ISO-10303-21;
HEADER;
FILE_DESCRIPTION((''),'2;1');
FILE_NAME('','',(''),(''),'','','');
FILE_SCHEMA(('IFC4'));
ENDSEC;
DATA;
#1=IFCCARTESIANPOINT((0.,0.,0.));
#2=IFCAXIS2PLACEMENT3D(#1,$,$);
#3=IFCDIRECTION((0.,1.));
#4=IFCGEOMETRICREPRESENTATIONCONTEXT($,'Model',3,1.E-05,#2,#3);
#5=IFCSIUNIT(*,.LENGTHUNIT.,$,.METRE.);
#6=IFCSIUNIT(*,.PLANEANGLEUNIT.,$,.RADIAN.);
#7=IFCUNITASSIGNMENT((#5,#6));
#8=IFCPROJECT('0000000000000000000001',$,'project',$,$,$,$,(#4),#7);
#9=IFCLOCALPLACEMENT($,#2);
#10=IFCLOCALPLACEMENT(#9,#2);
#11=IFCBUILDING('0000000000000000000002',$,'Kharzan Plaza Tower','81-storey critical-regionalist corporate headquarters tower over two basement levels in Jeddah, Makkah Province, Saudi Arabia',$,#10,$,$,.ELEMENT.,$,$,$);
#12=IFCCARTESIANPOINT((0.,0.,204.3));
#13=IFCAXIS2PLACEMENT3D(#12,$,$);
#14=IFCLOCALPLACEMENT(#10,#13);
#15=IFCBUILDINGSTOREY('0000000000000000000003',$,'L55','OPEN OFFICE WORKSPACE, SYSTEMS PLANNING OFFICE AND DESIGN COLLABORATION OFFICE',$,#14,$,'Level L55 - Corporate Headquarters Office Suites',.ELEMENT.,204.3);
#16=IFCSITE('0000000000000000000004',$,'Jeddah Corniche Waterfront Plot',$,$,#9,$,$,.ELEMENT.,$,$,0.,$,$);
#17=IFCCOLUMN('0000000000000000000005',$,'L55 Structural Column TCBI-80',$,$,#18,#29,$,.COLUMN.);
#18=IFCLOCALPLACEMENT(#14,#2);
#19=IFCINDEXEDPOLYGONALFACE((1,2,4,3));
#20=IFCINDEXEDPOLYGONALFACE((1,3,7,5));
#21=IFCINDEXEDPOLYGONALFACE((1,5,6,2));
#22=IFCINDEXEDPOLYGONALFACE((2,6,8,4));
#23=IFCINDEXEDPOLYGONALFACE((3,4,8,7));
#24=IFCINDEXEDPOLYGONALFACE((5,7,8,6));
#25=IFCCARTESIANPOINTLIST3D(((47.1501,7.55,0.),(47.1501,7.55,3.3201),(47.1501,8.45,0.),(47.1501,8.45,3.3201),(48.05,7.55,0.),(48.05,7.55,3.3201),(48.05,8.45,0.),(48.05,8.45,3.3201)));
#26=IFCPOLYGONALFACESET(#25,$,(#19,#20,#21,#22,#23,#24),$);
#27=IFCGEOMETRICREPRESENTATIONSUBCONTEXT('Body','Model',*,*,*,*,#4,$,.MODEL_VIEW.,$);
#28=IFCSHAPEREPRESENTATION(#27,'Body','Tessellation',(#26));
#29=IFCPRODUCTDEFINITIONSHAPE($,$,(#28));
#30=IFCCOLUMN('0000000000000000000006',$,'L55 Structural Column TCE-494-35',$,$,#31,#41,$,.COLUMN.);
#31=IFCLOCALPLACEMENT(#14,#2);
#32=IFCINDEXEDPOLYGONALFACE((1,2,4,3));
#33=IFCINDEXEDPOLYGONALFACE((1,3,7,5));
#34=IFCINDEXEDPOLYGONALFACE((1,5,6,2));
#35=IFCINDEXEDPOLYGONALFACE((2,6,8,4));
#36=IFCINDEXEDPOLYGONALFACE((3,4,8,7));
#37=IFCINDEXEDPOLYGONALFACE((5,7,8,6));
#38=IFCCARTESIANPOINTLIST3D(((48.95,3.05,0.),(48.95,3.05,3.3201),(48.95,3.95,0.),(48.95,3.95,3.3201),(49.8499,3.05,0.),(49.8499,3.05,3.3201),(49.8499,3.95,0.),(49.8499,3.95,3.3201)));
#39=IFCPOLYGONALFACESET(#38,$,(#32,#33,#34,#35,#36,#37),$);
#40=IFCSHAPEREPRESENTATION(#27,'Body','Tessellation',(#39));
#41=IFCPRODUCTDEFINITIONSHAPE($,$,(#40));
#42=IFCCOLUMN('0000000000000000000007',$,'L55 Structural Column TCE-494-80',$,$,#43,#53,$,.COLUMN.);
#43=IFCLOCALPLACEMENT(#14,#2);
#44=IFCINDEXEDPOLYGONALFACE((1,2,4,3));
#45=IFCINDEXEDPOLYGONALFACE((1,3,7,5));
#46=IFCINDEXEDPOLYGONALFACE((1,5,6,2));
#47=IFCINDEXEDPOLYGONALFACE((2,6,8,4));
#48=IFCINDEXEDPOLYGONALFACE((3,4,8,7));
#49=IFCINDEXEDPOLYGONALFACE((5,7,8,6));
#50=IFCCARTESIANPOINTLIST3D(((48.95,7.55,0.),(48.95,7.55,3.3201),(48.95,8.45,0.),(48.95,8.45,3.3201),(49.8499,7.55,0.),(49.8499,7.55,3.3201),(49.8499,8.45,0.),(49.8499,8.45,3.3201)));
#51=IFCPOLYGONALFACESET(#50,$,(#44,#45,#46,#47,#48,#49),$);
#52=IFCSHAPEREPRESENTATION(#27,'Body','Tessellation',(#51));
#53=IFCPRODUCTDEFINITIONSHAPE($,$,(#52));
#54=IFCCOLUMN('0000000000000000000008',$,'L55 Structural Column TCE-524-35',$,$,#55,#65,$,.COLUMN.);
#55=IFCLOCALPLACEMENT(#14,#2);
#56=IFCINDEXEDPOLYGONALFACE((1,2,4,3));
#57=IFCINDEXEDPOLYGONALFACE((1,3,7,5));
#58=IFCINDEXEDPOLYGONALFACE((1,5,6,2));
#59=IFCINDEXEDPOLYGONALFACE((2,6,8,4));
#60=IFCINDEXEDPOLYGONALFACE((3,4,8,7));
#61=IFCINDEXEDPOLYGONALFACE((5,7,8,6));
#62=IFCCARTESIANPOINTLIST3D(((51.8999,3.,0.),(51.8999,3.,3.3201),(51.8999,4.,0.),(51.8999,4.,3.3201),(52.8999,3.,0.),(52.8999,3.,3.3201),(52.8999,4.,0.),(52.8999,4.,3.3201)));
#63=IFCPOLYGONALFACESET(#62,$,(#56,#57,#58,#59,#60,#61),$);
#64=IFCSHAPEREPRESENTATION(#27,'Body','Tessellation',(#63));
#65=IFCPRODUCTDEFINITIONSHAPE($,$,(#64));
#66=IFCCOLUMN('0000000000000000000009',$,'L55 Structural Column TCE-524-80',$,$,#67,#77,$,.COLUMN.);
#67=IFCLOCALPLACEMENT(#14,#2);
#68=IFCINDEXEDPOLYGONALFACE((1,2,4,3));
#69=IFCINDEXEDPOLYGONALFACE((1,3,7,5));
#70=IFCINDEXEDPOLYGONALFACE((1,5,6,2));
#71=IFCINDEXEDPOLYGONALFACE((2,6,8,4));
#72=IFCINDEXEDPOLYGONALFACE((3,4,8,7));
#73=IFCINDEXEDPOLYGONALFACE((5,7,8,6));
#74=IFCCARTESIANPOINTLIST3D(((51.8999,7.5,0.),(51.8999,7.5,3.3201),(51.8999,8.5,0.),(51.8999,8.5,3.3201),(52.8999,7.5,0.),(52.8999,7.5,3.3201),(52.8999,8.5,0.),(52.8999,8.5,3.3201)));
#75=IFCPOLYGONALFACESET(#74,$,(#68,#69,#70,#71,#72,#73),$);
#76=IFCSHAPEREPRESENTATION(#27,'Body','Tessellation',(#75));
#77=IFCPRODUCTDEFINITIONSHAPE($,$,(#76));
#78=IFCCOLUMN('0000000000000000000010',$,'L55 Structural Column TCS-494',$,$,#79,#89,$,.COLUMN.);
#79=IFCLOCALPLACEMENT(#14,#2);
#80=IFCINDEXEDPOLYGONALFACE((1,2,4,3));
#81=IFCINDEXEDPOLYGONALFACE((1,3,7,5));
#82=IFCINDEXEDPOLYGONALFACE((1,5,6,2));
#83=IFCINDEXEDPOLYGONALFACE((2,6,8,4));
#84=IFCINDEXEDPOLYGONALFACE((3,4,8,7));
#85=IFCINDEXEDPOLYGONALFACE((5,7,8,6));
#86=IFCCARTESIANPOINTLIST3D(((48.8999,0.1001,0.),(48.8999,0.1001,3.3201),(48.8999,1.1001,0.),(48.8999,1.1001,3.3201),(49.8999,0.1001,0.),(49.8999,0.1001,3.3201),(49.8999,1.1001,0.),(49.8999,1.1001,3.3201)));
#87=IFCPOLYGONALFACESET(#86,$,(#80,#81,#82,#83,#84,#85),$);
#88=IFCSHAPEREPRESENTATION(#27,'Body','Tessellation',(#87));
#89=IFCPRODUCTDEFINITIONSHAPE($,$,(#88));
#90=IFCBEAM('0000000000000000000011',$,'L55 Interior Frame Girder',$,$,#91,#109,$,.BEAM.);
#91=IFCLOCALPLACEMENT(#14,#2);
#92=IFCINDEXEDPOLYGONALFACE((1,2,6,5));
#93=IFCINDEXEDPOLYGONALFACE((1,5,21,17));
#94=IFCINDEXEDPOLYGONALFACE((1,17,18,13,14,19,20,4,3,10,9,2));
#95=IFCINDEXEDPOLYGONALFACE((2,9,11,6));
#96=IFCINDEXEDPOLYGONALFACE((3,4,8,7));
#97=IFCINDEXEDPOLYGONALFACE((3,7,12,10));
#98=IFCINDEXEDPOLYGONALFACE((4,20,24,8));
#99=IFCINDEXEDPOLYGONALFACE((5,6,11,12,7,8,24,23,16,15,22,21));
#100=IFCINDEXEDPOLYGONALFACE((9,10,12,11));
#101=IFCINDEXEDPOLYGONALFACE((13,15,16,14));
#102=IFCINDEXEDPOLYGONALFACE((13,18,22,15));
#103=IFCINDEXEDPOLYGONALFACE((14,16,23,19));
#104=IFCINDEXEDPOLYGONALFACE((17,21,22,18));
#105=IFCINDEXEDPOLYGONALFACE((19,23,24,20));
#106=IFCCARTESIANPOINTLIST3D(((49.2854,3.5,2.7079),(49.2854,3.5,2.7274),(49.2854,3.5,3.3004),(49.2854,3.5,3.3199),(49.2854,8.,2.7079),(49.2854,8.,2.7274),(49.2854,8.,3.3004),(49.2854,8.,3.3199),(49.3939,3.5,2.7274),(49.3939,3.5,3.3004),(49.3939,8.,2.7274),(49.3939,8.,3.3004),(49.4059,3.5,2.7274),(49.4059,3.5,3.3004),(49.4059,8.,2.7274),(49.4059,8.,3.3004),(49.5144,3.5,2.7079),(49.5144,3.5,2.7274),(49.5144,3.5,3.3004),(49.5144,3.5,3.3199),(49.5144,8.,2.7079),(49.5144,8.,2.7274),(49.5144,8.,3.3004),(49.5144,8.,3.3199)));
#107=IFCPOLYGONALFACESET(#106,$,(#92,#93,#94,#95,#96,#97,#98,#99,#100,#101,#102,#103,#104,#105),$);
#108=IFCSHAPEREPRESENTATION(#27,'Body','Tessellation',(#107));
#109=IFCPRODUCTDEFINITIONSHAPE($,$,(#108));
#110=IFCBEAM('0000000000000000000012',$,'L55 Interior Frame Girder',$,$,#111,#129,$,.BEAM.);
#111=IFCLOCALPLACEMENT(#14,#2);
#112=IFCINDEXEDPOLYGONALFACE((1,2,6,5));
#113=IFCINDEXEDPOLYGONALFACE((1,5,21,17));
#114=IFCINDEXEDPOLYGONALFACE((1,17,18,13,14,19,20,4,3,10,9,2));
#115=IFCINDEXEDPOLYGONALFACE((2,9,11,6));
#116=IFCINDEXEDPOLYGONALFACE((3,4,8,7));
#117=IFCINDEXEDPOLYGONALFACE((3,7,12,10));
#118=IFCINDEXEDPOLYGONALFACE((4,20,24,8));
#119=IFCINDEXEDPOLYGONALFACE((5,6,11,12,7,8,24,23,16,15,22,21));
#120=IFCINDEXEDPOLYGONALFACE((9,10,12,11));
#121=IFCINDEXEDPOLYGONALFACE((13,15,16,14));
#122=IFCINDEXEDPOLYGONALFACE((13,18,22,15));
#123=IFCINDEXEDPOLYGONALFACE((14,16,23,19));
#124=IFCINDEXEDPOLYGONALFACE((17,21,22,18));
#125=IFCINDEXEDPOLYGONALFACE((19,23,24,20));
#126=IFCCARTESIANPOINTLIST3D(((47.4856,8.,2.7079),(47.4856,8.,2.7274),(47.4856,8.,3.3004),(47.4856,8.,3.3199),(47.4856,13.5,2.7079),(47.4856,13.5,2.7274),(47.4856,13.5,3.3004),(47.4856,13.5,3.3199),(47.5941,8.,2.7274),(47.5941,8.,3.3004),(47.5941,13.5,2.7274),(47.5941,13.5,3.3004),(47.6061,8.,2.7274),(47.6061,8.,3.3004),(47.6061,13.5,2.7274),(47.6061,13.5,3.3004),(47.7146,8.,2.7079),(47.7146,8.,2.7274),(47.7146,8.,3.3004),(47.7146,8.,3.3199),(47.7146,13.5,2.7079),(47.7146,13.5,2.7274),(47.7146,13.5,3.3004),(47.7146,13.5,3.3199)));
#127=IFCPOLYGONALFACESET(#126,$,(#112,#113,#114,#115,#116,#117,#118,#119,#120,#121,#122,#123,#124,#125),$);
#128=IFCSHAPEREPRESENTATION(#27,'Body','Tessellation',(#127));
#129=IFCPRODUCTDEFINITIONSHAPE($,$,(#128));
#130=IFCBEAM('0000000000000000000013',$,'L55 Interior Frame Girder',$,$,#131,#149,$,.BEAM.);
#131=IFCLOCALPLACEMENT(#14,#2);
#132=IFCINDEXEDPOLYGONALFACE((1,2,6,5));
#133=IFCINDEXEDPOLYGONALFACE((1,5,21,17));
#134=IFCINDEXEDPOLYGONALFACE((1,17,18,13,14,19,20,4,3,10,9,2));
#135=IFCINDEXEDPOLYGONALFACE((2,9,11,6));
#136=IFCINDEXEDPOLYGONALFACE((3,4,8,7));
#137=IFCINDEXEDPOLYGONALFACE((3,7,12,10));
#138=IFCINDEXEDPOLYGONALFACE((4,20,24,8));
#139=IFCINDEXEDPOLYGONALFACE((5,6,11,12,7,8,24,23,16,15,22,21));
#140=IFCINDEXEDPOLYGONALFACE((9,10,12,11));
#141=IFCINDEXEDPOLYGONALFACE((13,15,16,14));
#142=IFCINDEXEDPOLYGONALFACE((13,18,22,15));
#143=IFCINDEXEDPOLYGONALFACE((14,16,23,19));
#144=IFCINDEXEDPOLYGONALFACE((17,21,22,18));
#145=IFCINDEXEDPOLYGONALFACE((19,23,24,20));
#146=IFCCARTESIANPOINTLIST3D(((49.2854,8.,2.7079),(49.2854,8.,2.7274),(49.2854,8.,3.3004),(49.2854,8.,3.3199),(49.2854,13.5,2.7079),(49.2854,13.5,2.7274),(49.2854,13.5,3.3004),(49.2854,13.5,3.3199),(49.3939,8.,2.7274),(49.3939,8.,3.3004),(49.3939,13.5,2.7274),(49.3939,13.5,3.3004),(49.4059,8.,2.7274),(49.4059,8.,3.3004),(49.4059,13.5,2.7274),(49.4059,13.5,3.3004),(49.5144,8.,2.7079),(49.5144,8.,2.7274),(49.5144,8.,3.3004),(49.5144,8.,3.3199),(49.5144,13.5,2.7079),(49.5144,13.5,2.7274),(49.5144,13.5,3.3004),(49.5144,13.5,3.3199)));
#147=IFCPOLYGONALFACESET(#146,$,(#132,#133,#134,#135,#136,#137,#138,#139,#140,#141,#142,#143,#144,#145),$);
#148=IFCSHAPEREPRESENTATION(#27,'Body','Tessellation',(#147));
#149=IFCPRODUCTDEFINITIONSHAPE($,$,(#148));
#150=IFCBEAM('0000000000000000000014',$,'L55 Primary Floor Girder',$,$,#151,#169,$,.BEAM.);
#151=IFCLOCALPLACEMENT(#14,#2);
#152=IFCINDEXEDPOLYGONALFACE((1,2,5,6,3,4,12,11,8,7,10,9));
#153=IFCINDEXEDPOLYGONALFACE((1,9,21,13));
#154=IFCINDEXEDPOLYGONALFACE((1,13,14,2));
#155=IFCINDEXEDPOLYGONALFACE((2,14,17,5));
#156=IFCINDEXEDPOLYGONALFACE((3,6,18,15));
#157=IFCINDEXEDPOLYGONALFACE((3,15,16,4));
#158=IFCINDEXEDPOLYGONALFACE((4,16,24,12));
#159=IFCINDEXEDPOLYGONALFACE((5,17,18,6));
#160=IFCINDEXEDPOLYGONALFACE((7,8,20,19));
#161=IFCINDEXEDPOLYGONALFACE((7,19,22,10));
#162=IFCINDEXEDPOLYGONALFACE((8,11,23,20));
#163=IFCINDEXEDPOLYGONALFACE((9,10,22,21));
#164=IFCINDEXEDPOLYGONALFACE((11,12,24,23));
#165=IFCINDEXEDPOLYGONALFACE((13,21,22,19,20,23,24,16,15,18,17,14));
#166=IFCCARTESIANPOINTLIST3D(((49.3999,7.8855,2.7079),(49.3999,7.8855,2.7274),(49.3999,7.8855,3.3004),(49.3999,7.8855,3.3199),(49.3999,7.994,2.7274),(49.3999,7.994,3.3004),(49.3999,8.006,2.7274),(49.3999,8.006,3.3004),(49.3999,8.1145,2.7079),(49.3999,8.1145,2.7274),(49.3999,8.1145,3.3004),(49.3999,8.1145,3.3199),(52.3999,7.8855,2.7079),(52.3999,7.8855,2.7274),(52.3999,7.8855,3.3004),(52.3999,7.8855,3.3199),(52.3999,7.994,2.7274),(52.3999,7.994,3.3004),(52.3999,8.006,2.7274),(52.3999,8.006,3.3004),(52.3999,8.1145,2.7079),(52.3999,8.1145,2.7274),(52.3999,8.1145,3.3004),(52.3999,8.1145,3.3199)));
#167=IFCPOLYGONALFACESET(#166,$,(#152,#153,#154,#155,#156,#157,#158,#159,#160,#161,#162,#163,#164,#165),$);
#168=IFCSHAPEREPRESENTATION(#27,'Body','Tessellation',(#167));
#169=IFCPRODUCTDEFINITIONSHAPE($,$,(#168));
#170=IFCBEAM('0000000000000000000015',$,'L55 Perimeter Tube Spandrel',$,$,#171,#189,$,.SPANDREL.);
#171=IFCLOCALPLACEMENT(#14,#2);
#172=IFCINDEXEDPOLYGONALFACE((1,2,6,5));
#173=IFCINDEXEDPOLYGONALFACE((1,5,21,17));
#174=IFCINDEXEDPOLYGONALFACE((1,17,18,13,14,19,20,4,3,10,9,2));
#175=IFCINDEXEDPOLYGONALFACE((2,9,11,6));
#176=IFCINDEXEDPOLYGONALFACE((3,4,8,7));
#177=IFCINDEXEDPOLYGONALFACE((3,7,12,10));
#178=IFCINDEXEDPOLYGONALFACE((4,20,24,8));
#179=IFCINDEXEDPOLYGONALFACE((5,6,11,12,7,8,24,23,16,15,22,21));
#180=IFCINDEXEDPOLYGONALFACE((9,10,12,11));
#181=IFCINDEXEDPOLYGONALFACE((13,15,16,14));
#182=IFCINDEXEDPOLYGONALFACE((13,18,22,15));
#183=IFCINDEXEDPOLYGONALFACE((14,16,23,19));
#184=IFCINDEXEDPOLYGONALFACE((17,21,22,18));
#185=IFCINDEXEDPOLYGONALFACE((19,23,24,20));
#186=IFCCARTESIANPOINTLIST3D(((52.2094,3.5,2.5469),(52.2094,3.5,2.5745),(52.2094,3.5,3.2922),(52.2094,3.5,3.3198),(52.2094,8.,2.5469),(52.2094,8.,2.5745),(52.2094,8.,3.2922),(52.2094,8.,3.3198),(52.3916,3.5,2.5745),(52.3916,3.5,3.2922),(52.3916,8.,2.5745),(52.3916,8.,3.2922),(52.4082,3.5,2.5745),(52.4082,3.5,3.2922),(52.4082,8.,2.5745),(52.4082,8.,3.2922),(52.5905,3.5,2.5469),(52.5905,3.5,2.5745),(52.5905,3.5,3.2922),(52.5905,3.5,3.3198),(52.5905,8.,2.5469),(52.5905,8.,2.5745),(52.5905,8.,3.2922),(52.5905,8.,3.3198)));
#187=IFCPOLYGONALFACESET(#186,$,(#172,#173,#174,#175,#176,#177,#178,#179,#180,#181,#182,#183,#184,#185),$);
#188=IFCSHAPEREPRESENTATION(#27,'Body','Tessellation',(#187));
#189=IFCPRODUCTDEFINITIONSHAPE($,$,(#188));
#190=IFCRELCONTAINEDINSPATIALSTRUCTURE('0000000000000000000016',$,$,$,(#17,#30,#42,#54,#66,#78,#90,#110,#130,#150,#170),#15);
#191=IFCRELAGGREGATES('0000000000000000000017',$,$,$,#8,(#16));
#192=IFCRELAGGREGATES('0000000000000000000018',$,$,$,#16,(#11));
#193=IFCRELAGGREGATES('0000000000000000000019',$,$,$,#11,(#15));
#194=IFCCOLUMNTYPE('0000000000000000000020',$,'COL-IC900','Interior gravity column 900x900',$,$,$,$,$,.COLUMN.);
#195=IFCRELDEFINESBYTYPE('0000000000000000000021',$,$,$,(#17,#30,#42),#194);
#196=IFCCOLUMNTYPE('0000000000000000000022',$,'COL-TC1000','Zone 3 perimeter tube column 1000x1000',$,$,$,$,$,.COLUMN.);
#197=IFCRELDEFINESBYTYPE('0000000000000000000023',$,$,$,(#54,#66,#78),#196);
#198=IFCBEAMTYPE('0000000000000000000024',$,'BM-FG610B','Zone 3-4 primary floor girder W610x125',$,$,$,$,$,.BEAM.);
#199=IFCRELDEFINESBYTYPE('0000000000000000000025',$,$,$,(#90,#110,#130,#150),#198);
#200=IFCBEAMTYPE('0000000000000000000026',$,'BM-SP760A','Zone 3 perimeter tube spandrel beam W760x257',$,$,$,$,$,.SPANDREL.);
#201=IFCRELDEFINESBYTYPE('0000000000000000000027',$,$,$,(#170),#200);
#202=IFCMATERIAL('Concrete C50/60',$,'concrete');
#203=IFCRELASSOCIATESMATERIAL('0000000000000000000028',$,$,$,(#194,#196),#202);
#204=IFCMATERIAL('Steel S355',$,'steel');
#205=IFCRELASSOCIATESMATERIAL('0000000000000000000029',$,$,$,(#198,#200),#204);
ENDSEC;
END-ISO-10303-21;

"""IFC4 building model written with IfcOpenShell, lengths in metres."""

from ifc_helpers import new_model, si_unit, direction, frame, origin, origin_2d, place, context, subcontext, project, spatial, rectangle, i_section, extrude, source, transform, mapped, material, material_profile, profile_set, type_object, element, save


model = new_model("IFC4")

# Units and contexts
model_context = context("Model", 3, precision=1e-05, world=origin(), true_north=direction((0.0, 1.0)))
body_context = subcontext(model_context, "Body", "Model", "MODEL_VIEW")
ifc_project = project(units=[si_unit("LENGTHUNIT", "METRE"), si_unit("PLANEANGLEUNIT", "RADIAN")], contexts=[model_context])

# Site, building, storey
site_placement = place(None, origin())
site = spatial("IfcSite", under=ifc_project, at=site_placement, Name="Jeddah Corniche Waterfront Plot", CompositionType="ELEMENT", RefElevation=0.0)
building_placement = place(site_placement, origin())
building = spatial("IfcBuilding", under=site, at=building_placement, Name="Kharzan Plaza Tower", Description="81-storey critical-regionalist corporate headquarters tower over two basement levels in Jeddah, Makkah Province, Saudi Arabia", CompositionType="ELEMENT")
storey_placement = place(building_placement, frame((0.0, 0.0, 204.3)))
storey = spatial("IfcBuildingStorey", under=building, at=storey_placement, Name="L55", Description="OPEN OFFICE WORKSPACE, SYSTEMS PLANNING OFFICE AND DESIGN COLLABORATION OFFICE", LongName="Level L55 - Corporate Headquarters Office Suites", CompositionType="ELEMENT", Elevation=204.3)

# Columns
ifc_material_1 = material(Name="Concrete C50/60", Category="concrete")
ifc_material_profile_1 = material_profile(ifc_material_1, rectangle(XDim=0.8999, YDim=0.8999, at=origin_2d()), Name="RC-IC900x900")
ifc_profile_set_1 = profile_set([ifc_material_profile_1], Name="Concrete C50/60")
column_type_1 = type_object("IfcColumnType", Name="COL-IC900", Description="Interior gravity column 900x900", PredefinedType="COLUMN", material=ifc_profile_set_1)
shared_shape_1 = source(origin(), body_context, "Body", "SweptSolid", [
    extrude(rectangle(XDim=0.8999, YDim=0.8999, at=origin_2d()), origin(), (0.0, 0.0, 1.0), 3.3201),
])
for number, where, z_axis, x_axis, name in (
    (1, (47.6001, 8.0, 0.0), (0.0, 0.0, 1.0), (1.0, 0.0, 0.0), "L55 Structural Column TCBI-80"),
    (2, (49.3999, 3.5, 0.0), (0.0, 0.0, 1.0), (1.0, 0.0, 0.0), "L55 Structural Column TCE-494-35"),
    (3, (49.3999, 8.0, 0.0), (0.0, 0.0, 1.0), (1.0, 0.0, 0.0), "L55 Structural Column TCE-494-80"),
):
    element("IfcColumn", number, at=place(storey_placement, frame(where, z_axis=z_axis, x_axis=x_axis)), inside=storey, type_object=column_type_1, Name=name, PredefinedType="COLUMN", context=body_context, shape_type="MappedRepresentation", body=[
        mapped(shared_shape_1, transform((0.0, 0.0, 0.0), x_axis=(1.0, 0.0, 0.0), y_axis=(0.0, 1.0, 0.0), z_axis=(0.0, 0.0, 1.0))),
    ])
ifc_material_profile_2 = material_profile(ifc_material_1, rectangle(XDim=1.0, YDim=1.0, at=origin_2d()), Name="RC-TC1000x1000")
ifc_profile_set_2 = profile_set([ifc_material_profile_2], Name="Concrete C50/60")
column_type_2 = type_object("IfcColumnType", Name="COL-TC1000", Description="Zone 3 perimeter tube column 1000x1000", PredefinedType="COLUMN", material=ifc_profile_set_2)
shared_shape_2 = source(origin(), body_context, "Body", "SweptSolid", [
    extrude(rectangle(XDim=1.0, YDim=1.0, at=origin_2d()), origin(), (0.0, 0.0, 1.0), 3.3201),
])
for number, where, z_axis, x_axis, name in (
    (4, (52.3999, 3.5, 0.0), (0.0, 0.0, 1.0), (1.0, 0.0, 0.0), "L55 Structural Column TCE-524-35"),
    (5, (52.3999, 8.0, 0.0), (0.0, 0.0, 1.0), (1.0, 0.0, 0.0), "L55 Structural Column TCE-524-80"),
    (6, (49.3999, 0.6001, 0.0), (0.0, 0.0, 1.0), (1.0, 0.0, 0.0), "L55 Structural Column TCS-494"),
):
    element("IfcColumn", number, at=place(storey_placement, frame(where, z_axis=z_axis, x_axis=x_axis)), inside=storey, type_object=column_type_2, Name=name, PredefinedType="COLUMN", context=body_context, shape_type="MappedRepresentation", body=[
        mapped(shared_shape_2, transform((0.0, 0.0, 0.0), x_axis=(1.0, 0.0, 0.0), y_axis=(0.0, 1.0, 0.0), z_axis=(0.0, 0.0, 1.0))),
    ])

# Beams
ifc_material_2 = material(Name="Steel S355", Category="steel")
ifc_material_profile_3 = material_profile(ifc_material_2, i_section(OverallWidth=0.229, OverallDepth=0.6121, WebThickness=0.012, FlangeThickness=0.0195, at=origin_2d()), Name="W610x125")
ifc_profile_set_3 = profile_set([ifc_material_profile_3], Name="Steel S355")
beam_type_1 = type_object("IfcBeamType", Name="BM-FG610B", Description="Zone 3-4 primary floor girder W610x125", PredefinedType="BEAM", material=ifc_profile_set_3)
shared_shape_3 = source(origin(), body_context, "Body", "SweptSolid", [
    extrude(i_section(OverallWidth=0.229, OverallDepth=0.6121, WebThickness=0.012, FlangeThickness=0.0195, at=origin_2d()), origin(), (0.0, 0.0, 1.0), 4.5),
])
beam_1_placement = place(storey_placement, frame((49.3999, 3.5, 3.0139), z_axis=(0.0, 1.0, 0.0), x_axis=(-1.0, 0.0, 0.0)))
element("IfcBeam", 7, at=beam_1_placement, inside=storey, type_object=beam_type_1, Name="L55 Interior Frame Girder", PredefinedType="BEAM", context=body_context, shape_type="MappedRepresentation", body=[
    mapped(shared_shape_3, transform((0.0, 0.0, 0.0), x_axis=(1.0, 0.0, 0.0), y_axis=(0.0, 1.0, 0.0), z_axis=(0.0, 0.0, 1.0))),
])
shared_shape_4 = source(origin(), body_context, "Body", "SweptSolid", [
    extrude(i_section(OverallWidth=0.229, OverallDepth=0.6121, WebThickness=0.012, FlangeThickness=0.0195, at=origin_2d()), origin(), (0.0, 0.0, 1.0), 5.5),
])
for number, where, z_axis, x_axis, name in (
    (8, (47.6001, 8.0, 3.0139), (0.0, 1.0, 0.0), (-1.0, 0.0, 0.0), "L55 Interior Frame Girder"),
    (9, (49.3999, 8.0, 3.0139), (0.0, 1.0, 0.0), (-1.0, 0.0, 0.0), "L55 Interior Frame Girder"),
):
    element("IfcBeam", number, at=place(storey_placement, frame(where, z_axis=z_axis, x_axis=x_axis)), inside=storey, type_object=beam_type_1, Name=name, PredefinedType="BEAM", context=body_context, shape_type="MappedRepresentation", body=[
        mapped(shared_shape_4, transform((0.0, 0.0, 0.0), x_axis=(1.0, 0.0, 0.0), y_axis=(0.0, 1.0, 0.0), z_axis=(0.0, 0.0, 1.0))),
    ])
shared_shape_5 = source(origin(), body_context, "Body", "SweptSolid", [
    extrude(i_section(OverallWidth=0.229, OverallDepth=0.6121, WebThickness=0.012, FlangeThickness=0.0195, at=origin_2d()), origin(), (0.0, 0.0, 1.0), 3.0),
])
beam_2_placement = place(storey_placement, frame((49.3999, 8.0, 3.0139), z_axis=(1.0, 0.0, 0.0), x_axis=(0.0, 1.0, 0.0)))
element("IfcBeam", 10, at=beam_2_placement, inside=storey, type_object=beam_type_1, Name="L55 Primary Floor Girder", PredefinedType="BEAM", context=body_context, shape_type="MappedRepresentation", body=[
    mapped(shared_shape_5, transform((0.0, 0.0, 0.0), x_axis=(1.0, 0.0, 0.0), y_axis=(0.0, 1.0, 0.0), z_axis=(0.0, 0.0, 1.0))),
])
ifc_material_profile_4 = material_profile(ifc_material_2, i_section(OverallWidth=0.3811, OverallDepth=0.7729, WebThickness=0.0166, FlangeThickness=0.0276, at=origin_2d()), Name="W760x257")
ifc_profile_set_4 = profile_set([ifc_material_profile_4], Name="Steel S355")
beam_type_2 = type_object("IfcBeamType", Name="BM-SP760A", Description="Zone 3 perimeter tube spandrel beam W760x257", PredefinedType="SPANDREL", material=ifc_profile_set_4)
shared_shape_6 = source(origin(), body_context, "Body", "SweptSolid", [
    extrude(i_section(OverallWidth=0.3811, OverallDepth=0.7729, WebThickness=0.0166, FlangeThickness=0.0276, at=origin_2d()), origin(), (0.0, 0.0, 1.0), 4.5),
])
beam_3_placement = place(storey_placement, frame((52.3999, 3.5, 2.9333), z_axis=(0.0, 1.0, 0.0), x_axis=(-1.0, 0.0, 0.0)))
element("IfcBeam", 11, at=beam_3_placement, inside=storey, type_object=beam_type_2, Name="L55 Perimeter Tube Spandrel", PredefinedType="SPANDREL", context=body_context, shape_type="MappedRepresentation", body=[
    mapped(shared_shape_6, transform((0.0, 0.0, 0.0), x_axis=(1.0, 0.0, 0.0), y_axis=(0.0, 1.0, 0.0), z_axis=(0.0, 0.0, 1.0))),
])

save(model, "model.ifc")
